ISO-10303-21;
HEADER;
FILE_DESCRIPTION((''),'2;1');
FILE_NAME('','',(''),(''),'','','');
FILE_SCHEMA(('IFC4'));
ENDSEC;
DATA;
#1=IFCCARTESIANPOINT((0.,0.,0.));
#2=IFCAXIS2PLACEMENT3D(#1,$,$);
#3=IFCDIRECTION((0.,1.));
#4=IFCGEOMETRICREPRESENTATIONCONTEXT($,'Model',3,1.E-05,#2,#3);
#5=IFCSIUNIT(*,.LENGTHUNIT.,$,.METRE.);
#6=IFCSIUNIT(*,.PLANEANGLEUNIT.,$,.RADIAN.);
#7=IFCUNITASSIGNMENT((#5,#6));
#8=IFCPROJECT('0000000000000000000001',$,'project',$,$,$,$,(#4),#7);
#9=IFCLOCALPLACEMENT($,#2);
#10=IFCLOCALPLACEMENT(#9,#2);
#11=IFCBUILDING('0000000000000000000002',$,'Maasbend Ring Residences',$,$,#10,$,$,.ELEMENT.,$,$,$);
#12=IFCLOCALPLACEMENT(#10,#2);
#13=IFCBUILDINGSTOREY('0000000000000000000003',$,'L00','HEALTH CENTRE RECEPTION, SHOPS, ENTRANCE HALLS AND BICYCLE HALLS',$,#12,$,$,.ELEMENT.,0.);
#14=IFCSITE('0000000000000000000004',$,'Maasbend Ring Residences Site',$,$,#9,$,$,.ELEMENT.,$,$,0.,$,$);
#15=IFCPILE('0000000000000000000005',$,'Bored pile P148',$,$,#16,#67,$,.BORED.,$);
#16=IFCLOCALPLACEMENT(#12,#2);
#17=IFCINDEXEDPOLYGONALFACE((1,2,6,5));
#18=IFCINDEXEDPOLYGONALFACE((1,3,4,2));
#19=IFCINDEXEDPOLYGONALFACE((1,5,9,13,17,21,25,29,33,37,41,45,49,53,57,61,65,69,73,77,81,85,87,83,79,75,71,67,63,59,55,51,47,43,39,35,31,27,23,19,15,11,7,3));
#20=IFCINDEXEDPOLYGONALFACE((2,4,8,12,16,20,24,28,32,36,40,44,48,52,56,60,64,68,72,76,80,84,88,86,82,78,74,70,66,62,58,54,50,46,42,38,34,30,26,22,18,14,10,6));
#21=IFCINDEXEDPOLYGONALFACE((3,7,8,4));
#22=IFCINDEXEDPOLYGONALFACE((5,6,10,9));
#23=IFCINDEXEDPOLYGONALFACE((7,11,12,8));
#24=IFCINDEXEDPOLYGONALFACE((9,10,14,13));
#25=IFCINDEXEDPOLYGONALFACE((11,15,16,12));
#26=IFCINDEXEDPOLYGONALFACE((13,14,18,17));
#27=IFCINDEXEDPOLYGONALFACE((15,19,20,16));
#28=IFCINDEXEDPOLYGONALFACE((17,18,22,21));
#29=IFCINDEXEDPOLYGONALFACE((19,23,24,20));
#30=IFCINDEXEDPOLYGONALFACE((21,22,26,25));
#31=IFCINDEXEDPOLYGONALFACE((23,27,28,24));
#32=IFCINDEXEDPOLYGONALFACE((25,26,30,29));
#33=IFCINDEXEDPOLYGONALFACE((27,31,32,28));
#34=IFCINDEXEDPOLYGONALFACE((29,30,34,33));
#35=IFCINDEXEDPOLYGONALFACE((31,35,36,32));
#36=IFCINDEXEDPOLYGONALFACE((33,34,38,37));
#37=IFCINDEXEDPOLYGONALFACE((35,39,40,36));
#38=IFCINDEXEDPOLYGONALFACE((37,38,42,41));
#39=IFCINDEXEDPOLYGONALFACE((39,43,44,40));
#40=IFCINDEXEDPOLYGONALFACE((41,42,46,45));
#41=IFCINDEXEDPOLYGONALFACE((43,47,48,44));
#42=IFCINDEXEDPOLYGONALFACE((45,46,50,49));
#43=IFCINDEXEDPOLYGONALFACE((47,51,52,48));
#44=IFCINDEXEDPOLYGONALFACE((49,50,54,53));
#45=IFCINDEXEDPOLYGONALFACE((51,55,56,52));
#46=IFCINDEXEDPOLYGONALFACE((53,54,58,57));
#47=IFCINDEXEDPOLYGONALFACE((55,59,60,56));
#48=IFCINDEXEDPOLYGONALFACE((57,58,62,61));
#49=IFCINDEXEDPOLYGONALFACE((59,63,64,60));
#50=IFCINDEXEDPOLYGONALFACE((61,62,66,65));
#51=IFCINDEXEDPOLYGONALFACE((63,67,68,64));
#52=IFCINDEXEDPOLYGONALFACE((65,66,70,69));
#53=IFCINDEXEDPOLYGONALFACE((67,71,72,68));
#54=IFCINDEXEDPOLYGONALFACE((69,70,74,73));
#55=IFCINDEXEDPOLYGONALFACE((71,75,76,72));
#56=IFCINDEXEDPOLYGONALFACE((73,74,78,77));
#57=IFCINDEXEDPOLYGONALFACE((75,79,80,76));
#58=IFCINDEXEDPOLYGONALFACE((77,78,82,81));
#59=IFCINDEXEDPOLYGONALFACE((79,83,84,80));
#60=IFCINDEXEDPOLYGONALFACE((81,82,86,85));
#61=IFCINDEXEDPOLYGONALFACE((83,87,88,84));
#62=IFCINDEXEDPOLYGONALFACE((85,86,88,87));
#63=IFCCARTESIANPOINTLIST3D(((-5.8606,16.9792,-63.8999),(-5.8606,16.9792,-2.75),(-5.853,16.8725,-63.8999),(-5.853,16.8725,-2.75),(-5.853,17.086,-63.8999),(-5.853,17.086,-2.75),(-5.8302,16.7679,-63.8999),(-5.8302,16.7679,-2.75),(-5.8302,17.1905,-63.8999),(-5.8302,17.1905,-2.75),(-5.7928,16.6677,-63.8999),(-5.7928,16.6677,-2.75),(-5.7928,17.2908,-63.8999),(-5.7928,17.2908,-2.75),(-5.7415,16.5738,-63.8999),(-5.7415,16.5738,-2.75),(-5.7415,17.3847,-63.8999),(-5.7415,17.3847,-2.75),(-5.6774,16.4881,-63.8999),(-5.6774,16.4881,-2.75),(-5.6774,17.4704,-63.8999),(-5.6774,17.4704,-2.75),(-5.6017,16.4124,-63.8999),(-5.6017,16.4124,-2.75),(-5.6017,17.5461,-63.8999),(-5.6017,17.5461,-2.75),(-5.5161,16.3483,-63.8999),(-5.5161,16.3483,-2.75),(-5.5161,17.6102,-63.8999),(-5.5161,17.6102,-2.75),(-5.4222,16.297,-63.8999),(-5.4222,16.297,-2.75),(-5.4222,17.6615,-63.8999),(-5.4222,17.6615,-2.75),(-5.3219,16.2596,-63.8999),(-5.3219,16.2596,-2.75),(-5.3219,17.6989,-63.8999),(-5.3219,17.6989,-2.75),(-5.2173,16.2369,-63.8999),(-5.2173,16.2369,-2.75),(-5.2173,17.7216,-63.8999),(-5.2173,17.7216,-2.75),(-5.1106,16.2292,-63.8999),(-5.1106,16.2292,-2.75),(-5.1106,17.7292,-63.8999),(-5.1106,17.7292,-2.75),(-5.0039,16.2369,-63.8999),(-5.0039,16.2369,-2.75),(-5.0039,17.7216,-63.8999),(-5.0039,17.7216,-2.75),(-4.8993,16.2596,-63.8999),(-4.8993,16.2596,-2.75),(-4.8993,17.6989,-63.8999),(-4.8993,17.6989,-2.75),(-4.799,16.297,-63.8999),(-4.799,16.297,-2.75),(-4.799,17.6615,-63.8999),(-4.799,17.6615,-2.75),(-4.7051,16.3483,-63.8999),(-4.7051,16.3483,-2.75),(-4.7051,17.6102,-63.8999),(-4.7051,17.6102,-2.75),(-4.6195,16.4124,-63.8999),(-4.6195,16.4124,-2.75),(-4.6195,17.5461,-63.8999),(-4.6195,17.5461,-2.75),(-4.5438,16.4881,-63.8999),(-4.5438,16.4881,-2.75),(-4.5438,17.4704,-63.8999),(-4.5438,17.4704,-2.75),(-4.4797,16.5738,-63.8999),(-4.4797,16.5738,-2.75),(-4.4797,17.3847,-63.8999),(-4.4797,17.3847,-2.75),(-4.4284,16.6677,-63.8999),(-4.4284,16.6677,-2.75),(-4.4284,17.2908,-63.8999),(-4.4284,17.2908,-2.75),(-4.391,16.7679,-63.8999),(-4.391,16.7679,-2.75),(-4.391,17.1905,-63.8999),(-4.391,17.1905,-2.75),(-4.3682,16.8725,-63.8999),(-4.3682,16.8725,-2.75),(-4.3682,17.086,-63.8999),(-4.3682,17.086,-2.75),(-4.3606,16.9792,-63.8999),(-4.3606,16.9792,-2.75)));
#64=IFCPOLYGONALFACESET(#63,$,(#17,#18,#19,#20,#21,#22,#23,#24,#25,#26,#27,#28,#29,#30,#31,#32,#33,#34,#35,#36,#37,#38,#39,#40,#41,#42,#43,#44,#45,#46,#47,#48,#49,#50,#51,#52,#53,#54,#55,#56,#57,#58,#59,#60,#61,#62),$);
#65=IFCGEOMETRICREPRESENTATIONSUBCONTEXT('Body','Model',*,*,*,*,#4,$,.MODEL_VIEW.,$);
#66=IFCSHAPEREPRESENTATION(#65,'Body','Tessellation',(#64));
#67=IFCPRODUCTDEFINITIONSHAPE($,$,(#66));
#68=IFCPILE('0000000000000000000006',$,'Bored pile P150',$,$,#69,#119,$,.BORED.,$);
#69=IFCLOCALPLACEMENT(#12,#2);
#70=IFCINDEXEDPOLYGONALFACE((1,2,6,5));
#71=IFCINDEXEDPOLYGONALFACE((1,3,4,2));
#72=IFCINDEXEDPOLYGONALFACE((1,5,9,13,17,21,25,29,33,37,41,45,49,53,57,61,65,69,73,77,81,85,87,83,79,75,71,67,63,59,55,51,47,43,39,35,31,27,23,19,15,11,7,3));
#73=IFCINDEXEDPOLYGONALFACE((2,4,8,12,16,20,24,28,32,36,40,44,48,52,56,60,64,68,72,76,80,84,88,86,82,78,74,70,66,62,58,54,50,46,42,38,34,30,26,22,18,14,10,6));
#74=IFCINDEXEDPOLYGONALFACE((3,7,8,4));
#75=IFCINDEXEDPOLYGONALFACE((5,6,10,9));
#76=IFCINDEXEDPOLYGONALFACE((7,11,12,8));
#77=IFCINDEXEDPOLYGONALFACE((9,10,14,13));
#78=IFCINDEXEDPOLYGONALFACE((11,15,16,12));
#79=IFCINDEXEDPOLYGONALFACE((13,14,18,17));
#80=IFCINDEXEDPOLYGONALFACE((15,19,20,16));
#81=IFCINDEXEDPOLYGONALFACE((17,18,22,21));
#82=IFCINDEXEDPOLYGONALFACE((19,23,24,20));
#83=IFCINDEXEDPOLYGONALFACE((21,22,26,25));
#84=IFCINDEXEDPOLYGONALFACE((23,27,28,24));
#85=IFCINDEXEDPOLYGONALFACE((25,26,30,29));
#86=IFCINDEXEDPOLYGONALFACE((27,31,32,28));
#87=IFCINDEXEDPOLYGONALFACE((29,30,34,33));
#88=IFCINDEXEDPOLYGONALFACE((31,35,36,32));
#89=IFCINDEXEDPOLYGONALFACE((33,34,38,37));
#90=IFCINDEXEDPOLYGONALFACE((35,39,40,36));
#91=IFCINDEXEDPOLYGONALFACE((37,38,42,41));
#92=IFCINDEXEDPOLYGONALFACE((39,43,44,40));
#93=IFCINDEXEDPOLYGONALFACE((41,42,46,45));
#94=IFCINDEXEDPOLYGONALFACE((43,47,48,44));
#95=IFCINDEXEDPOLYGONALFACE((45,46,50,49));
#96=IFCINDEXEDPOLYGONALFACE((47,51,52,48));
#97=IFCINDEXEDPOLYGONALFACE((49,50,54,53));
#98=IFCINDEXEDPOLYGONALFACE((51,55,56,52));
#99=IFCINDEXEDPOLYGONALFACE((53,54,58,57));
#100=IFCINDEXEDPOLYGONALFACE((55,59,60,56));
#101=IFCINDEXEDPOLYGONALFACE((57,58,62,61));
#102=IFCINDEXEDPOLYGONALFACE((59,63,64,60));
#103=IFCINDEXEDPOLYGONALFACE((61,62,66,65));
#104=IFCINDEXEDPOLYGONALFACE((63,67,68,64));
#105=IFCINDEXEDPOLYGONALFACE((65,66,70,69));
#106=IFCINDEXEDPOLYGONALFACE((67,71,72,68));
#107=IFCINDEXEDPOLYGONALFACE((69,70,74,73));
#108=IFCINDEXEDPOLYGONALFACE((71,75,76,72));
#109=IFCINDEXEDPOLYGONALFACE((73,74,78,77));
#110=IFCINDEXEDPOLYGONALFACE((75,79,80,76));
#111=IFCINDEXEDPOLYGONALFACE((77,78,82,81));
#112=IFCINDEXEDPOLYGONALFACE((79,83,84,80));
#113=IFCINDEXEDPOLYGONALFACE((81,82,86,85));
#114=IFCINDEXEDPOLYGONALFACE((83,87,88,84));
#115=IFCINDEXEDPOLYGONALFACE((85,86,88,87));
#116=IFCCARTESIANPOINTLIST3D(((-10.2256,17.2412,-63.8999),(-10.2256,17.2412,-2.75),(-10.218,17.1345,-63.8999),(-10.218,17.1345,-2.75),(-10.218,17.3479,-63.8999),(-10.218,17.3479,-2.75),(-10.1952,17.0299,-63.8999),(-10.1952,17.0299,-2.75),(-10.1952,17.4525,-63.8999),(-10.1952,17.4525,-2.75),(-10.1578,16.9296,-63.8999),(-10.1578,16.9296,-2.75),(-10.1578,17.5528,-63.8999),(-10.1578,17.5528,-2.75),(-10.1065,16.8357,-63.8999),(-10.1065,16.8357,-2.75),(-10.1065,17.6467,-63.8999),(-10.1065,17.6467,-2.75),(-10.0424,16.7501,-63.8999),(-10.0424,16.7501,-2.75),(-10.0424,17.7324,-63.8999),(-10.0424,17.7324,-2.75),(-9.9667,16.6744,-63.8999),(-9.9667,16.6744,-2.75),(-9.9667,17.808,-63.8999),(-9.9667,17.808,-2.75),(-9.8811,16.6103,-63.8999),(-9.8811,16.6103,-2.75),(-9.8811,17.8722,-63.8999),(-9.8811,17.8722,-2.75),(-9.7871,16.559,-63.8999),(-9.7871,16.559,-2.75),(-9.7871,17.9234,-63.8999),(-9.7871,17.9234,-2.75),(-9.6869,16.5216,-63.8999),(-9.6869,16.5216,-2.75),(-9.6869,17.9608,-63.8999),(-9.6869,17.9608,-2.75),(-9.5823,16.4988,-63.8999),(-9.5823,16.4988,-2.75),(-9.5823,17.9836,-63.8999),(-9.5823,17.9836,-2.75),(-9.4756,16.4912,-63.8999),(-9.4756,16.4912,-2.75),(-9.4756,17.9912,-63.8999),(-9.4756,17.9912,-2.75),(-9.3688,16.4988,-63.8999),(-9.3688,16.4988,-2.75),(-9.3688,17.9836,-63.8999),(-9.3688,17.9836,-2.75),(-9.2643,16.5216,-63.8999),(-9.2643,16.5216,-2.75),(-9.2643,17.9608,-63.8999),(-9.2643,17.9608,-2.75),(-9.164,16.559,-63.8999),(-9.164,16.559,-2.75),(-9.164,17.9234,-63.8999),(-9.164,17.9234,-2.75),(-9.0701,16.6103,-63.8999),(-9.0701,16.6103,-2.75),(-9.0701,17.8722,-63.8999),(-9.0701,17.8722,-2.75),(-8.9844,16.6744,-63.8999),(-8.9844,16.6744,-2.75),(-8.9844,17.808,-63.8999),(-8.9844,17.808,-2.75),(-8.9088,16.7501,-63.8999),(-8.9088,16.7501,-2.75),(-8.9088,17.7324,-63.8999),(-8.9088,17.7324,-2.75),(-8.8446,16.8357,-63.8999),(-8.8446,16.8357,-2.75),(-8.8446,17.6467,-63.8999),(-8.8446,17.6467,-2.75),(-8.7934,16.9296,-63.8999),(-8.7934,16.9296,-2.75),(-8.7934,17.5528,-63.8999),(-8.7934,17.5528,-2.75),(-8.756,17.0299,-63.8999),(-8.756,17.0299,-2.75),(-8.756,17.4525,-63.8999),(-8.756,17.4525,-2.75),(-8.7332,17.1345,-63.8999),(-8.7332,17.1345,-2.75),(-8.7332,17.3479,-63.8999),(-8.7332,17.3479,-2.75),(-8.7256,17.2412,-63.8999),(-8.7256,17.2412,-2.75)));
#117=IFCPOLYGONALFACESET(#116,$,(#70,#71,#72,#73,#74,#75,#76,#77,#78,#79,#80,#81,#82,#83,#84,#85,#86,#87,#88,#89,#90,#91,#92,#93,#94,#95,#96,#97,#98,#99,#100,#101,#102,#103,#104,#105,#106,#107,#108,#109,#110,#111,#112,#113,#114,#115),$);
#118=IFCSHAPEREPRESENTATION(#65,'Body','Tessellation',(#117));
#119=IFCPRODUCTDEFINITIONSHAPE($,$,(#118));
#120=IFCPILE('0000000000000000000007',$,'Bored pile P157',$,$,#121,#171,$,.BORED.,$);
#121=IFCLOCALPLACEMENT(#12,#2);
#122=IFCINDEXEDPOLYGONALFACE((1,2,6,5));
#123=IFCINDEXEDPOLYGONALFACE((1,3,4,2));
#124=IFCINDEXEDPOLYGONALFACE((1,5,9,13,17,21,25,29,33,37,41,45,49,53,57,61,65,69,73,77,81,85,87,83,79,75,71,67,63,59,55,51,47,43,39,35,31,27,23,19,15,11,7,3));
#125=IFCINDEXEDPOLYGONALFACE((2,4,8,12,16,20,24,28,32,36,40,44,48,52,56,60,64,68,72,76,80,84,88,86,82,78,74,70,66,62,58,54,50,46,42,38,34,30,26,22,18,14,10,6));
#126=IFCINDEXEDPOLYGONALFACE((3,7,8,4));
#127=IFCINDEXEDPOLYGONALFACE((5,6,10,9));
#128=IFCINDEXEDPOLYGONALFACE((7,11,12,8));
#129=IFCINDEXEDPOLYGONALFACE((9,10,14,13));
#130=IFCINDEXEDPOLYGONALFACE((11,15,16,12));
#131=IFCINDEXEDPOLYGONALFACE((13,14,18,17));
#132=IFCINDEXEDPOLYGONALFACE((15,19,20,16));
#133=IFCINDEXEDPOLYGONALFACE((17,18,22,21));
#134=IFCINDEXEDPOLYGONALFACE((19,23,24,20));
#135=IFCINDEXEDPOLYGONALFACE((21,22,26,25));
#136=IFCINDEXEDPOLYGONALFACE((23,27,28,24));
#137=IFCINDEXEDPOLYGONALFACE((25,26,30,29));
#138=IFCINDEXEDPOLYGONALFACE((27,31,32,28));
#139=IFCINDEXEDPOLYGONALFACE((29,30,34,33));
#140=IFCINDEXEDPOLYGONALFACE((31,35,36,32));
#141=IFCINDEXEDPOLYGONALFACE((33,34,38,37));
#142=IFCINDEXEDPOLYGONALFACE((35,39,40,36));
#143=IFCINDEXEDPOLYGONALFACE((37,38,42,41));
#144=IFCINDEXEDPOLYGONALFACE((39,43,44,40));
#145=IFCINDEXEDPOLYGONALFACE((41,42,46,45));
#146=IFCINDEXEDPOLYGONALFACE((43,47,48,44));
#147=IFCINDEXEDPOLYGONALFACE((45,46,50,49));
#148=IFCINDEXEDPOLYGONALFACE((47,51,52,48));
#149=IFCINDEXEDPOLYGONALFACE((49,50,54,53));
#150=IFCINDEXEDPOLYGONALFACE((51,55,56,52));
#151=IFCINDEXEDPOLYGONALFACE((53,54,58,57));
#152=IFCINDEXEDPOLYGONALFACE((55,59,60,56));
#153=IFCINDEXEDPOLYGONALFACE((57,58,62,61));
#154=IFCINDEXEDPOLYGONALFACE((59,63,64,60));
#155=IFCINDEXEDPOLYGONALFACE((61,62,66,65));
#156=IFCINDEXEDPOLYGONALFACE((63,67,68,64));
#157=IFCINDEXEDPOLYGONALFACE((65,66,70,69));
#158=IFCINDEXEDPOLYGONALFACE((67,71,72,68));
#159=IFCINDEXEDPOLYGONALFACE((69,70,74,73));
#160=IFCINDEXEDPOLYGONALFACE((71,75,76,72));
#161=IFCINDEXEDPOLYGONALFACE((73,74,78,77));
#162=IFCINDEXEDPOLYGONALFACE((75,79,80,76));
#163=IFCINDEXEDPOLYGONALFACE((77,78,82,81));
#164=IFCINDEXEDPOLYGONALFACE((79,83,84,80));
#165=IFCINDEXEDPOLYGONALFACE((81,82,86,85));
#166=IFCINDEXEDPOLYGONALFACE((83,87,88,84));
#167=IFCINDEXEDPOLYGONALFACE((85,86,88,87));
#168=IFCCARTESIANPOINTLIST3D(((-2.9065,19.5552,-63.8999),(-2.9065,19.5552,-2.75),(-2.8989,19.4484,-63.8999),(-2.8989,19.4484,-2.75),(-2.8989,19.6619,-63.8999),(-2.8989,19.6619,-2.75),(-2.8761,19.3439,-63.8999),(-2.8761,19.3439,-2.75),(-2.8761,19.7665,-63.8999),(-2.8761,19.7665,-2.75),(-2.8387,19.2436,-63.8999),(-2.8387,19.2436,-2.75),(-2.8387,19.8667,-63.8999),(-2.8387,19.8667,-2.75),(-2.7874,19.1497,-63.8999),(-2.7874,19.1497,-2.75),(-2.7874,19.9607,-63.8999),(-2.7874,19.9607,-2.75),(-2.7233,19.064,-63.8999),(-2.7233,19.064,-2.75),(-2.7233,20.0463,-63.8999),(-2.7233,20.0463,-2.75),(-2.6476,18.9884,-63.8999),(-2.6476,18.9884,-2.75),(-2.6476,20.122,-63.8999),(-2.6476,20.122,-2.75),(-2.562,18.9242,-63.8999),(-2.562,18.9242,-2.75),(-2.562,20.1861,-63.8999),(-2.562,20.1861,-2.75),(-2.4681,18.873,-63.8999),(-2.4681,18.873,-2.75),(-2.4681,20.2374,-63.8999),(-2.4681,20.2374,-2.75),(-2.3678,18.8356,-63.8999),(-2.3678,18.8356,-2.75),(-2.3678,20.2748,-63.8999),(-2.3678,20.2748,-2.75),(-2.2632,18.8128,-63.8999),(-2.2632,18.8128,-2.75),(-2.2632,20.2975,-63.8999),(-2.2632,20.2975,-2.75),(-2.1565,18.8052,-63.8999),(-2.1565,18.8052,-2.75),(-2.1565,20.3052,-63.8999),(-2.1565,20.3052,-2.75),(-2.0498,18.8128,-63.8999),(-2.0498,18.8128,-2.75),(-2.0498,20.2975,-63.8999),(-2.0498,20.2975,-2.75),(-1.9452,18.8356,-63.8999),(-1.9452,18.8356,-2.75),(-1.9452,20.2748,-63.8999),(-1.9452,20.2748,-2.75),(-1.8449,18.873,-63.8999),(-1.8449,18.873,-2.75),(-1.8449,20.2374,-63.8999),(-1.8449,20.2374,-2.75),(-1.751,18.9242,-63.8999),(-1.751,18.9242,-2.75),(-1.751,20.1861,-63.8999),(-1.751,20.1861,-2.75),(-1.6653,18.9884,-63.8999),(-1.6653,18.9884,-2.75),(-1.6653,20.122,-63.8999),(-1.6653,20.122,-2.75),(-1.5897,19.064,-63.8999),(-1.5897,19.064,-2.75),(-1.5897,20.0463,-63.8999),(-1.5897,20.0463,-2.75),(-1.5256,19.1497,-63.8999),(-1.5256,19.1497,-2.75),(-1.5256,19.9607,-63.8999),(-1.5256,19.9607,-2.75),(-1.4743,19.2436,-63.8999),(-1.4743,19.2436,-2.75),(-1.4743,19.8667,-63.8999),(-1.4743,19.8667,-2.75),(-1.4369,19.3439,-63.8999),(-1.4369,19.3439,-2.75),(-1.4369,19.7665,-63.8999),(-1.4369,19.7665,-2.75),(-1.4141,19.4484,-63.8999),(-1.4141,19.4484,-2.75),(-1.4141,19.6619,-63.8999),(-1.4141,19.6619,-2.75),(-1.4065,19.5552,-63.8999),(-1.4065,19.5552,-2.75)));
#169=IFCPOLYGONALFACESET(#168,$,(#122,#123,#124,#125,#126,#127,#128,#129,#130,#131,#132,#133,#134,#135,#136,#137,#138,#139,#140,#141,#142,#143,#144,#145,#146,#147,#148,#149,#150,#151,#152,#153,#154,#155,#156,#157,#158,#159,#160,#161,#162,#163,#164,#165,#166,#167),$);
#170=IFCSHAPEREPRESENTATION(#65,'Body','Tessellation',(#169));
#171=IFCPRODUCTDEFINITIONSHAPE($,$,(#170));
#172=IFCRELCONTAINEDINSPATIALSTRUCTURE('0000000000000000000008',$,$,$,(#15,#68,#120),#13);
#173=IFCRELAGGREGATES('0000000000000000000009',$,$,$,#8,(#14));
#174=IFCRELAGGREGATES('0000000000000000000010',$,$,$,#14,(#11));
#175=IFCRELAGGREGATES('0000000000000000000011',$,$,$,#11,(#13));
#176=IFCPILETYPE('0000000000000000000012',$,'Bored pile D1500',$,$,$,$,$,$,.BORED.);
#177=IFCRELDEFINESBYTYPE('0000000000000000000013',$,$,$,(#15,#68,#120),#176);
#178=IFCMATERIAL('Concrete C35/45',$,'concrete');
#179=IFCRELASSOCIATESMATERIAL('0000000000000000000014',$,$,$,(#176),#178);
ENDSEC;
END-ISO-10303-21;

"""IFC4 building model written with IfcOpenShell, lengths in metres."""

from ifc_helpers import new_model, si_unit, direction, frame, origin, origin_2d, place, context, subcontext, project, spatial, circle, extrude, material, material_profile, profile_set, type_object, element, save


model = new_model("IFC4")

# Units and contexts
model_context = context("Model", 3, precision=1e-05, world=origin(), true_north=direction((0.0, 1.0)))
body_context = subcontext(model_context, "Body", "Model", "MODEL_VIEW")
ifc_project = project(units=[si_unit("LENGTHUNIT", "METRE"), si_unit("PLANEANGLEUNIT", "RADIAN")], contexts=[model_context])

# Site, building, storey
site_placement = place(None, origin())
site = spatial("IfcSite", under=ifc_project, at=site_placement, Name="Maasbend Ring Residences Site", CompositionType="ELEMENT", RefElevation=0.0)
building_placement = place(site_placement, origin())
building = spatial("IfcBuilding", under=site, at=building_placement, Name="Maasbend Ring Residences", CompositionType="ELEMENT")
storey_placement = place(building_placement, origin())
storey = spatial("IfcBuildingStorey", under=building, at=storey_placement, Name="L00", Description="HEALTH CENTRE RECEPTION, SHOPS, ENTRANCE HALLS AND BICYCLE HALLS", CompositionType="ELEMENT", Elevation=0.0)

# Piles
ifc_material_1 = material(Name="Concrete C35/45", Category="concrete")
ifc_material_profile_1 = material_profile(ifc_material_1, circle(Radius=0.75, at=origin_2d()), Name="Bored pile D1500")
ifc_profile_set_1 = profile_set([ifc_material_profile_1], Name="Concrete C35/45")
pile_type = type_object("IfcPileType", Name="Bored pile D1500", PredefinedType="BORED", material=ifc_profile_set_1)
for number, where, z_axis, x_axis, name in (
    (1, (-5.1106, 16.9792, -2.75), (0.0, 0.0, -1.0), (1.0, 0.0, 0.0), "Bored pile P148"),
    (2, (-9.4756, 17.2412, -2.75), (0.0, 0.0, -1.0), (1.0, 0.0, 0.0), "Bored pile P150"),
    (3, (-2.1565, 19.5552, -2.75), (0.0, 0.0, -1.0), (1.0, 0.0, 0.0), "Bored pile P157"),
):
    element("IfcPile", number, at=place(storey_placement, frame(where, z_axis=z_axis, x_axis=x_axis)), inside=storey, type_object=pile_type, Name=name, PredefinedType="BORED", context=body_context, shape_type="SweptSolid", body=[
        extrude(circle(Radius=0.75, at=origin_2d()), origin(), (0.0, 0.0, 1.0), 61.1499),
    ])

save(model, "model.ifc")
